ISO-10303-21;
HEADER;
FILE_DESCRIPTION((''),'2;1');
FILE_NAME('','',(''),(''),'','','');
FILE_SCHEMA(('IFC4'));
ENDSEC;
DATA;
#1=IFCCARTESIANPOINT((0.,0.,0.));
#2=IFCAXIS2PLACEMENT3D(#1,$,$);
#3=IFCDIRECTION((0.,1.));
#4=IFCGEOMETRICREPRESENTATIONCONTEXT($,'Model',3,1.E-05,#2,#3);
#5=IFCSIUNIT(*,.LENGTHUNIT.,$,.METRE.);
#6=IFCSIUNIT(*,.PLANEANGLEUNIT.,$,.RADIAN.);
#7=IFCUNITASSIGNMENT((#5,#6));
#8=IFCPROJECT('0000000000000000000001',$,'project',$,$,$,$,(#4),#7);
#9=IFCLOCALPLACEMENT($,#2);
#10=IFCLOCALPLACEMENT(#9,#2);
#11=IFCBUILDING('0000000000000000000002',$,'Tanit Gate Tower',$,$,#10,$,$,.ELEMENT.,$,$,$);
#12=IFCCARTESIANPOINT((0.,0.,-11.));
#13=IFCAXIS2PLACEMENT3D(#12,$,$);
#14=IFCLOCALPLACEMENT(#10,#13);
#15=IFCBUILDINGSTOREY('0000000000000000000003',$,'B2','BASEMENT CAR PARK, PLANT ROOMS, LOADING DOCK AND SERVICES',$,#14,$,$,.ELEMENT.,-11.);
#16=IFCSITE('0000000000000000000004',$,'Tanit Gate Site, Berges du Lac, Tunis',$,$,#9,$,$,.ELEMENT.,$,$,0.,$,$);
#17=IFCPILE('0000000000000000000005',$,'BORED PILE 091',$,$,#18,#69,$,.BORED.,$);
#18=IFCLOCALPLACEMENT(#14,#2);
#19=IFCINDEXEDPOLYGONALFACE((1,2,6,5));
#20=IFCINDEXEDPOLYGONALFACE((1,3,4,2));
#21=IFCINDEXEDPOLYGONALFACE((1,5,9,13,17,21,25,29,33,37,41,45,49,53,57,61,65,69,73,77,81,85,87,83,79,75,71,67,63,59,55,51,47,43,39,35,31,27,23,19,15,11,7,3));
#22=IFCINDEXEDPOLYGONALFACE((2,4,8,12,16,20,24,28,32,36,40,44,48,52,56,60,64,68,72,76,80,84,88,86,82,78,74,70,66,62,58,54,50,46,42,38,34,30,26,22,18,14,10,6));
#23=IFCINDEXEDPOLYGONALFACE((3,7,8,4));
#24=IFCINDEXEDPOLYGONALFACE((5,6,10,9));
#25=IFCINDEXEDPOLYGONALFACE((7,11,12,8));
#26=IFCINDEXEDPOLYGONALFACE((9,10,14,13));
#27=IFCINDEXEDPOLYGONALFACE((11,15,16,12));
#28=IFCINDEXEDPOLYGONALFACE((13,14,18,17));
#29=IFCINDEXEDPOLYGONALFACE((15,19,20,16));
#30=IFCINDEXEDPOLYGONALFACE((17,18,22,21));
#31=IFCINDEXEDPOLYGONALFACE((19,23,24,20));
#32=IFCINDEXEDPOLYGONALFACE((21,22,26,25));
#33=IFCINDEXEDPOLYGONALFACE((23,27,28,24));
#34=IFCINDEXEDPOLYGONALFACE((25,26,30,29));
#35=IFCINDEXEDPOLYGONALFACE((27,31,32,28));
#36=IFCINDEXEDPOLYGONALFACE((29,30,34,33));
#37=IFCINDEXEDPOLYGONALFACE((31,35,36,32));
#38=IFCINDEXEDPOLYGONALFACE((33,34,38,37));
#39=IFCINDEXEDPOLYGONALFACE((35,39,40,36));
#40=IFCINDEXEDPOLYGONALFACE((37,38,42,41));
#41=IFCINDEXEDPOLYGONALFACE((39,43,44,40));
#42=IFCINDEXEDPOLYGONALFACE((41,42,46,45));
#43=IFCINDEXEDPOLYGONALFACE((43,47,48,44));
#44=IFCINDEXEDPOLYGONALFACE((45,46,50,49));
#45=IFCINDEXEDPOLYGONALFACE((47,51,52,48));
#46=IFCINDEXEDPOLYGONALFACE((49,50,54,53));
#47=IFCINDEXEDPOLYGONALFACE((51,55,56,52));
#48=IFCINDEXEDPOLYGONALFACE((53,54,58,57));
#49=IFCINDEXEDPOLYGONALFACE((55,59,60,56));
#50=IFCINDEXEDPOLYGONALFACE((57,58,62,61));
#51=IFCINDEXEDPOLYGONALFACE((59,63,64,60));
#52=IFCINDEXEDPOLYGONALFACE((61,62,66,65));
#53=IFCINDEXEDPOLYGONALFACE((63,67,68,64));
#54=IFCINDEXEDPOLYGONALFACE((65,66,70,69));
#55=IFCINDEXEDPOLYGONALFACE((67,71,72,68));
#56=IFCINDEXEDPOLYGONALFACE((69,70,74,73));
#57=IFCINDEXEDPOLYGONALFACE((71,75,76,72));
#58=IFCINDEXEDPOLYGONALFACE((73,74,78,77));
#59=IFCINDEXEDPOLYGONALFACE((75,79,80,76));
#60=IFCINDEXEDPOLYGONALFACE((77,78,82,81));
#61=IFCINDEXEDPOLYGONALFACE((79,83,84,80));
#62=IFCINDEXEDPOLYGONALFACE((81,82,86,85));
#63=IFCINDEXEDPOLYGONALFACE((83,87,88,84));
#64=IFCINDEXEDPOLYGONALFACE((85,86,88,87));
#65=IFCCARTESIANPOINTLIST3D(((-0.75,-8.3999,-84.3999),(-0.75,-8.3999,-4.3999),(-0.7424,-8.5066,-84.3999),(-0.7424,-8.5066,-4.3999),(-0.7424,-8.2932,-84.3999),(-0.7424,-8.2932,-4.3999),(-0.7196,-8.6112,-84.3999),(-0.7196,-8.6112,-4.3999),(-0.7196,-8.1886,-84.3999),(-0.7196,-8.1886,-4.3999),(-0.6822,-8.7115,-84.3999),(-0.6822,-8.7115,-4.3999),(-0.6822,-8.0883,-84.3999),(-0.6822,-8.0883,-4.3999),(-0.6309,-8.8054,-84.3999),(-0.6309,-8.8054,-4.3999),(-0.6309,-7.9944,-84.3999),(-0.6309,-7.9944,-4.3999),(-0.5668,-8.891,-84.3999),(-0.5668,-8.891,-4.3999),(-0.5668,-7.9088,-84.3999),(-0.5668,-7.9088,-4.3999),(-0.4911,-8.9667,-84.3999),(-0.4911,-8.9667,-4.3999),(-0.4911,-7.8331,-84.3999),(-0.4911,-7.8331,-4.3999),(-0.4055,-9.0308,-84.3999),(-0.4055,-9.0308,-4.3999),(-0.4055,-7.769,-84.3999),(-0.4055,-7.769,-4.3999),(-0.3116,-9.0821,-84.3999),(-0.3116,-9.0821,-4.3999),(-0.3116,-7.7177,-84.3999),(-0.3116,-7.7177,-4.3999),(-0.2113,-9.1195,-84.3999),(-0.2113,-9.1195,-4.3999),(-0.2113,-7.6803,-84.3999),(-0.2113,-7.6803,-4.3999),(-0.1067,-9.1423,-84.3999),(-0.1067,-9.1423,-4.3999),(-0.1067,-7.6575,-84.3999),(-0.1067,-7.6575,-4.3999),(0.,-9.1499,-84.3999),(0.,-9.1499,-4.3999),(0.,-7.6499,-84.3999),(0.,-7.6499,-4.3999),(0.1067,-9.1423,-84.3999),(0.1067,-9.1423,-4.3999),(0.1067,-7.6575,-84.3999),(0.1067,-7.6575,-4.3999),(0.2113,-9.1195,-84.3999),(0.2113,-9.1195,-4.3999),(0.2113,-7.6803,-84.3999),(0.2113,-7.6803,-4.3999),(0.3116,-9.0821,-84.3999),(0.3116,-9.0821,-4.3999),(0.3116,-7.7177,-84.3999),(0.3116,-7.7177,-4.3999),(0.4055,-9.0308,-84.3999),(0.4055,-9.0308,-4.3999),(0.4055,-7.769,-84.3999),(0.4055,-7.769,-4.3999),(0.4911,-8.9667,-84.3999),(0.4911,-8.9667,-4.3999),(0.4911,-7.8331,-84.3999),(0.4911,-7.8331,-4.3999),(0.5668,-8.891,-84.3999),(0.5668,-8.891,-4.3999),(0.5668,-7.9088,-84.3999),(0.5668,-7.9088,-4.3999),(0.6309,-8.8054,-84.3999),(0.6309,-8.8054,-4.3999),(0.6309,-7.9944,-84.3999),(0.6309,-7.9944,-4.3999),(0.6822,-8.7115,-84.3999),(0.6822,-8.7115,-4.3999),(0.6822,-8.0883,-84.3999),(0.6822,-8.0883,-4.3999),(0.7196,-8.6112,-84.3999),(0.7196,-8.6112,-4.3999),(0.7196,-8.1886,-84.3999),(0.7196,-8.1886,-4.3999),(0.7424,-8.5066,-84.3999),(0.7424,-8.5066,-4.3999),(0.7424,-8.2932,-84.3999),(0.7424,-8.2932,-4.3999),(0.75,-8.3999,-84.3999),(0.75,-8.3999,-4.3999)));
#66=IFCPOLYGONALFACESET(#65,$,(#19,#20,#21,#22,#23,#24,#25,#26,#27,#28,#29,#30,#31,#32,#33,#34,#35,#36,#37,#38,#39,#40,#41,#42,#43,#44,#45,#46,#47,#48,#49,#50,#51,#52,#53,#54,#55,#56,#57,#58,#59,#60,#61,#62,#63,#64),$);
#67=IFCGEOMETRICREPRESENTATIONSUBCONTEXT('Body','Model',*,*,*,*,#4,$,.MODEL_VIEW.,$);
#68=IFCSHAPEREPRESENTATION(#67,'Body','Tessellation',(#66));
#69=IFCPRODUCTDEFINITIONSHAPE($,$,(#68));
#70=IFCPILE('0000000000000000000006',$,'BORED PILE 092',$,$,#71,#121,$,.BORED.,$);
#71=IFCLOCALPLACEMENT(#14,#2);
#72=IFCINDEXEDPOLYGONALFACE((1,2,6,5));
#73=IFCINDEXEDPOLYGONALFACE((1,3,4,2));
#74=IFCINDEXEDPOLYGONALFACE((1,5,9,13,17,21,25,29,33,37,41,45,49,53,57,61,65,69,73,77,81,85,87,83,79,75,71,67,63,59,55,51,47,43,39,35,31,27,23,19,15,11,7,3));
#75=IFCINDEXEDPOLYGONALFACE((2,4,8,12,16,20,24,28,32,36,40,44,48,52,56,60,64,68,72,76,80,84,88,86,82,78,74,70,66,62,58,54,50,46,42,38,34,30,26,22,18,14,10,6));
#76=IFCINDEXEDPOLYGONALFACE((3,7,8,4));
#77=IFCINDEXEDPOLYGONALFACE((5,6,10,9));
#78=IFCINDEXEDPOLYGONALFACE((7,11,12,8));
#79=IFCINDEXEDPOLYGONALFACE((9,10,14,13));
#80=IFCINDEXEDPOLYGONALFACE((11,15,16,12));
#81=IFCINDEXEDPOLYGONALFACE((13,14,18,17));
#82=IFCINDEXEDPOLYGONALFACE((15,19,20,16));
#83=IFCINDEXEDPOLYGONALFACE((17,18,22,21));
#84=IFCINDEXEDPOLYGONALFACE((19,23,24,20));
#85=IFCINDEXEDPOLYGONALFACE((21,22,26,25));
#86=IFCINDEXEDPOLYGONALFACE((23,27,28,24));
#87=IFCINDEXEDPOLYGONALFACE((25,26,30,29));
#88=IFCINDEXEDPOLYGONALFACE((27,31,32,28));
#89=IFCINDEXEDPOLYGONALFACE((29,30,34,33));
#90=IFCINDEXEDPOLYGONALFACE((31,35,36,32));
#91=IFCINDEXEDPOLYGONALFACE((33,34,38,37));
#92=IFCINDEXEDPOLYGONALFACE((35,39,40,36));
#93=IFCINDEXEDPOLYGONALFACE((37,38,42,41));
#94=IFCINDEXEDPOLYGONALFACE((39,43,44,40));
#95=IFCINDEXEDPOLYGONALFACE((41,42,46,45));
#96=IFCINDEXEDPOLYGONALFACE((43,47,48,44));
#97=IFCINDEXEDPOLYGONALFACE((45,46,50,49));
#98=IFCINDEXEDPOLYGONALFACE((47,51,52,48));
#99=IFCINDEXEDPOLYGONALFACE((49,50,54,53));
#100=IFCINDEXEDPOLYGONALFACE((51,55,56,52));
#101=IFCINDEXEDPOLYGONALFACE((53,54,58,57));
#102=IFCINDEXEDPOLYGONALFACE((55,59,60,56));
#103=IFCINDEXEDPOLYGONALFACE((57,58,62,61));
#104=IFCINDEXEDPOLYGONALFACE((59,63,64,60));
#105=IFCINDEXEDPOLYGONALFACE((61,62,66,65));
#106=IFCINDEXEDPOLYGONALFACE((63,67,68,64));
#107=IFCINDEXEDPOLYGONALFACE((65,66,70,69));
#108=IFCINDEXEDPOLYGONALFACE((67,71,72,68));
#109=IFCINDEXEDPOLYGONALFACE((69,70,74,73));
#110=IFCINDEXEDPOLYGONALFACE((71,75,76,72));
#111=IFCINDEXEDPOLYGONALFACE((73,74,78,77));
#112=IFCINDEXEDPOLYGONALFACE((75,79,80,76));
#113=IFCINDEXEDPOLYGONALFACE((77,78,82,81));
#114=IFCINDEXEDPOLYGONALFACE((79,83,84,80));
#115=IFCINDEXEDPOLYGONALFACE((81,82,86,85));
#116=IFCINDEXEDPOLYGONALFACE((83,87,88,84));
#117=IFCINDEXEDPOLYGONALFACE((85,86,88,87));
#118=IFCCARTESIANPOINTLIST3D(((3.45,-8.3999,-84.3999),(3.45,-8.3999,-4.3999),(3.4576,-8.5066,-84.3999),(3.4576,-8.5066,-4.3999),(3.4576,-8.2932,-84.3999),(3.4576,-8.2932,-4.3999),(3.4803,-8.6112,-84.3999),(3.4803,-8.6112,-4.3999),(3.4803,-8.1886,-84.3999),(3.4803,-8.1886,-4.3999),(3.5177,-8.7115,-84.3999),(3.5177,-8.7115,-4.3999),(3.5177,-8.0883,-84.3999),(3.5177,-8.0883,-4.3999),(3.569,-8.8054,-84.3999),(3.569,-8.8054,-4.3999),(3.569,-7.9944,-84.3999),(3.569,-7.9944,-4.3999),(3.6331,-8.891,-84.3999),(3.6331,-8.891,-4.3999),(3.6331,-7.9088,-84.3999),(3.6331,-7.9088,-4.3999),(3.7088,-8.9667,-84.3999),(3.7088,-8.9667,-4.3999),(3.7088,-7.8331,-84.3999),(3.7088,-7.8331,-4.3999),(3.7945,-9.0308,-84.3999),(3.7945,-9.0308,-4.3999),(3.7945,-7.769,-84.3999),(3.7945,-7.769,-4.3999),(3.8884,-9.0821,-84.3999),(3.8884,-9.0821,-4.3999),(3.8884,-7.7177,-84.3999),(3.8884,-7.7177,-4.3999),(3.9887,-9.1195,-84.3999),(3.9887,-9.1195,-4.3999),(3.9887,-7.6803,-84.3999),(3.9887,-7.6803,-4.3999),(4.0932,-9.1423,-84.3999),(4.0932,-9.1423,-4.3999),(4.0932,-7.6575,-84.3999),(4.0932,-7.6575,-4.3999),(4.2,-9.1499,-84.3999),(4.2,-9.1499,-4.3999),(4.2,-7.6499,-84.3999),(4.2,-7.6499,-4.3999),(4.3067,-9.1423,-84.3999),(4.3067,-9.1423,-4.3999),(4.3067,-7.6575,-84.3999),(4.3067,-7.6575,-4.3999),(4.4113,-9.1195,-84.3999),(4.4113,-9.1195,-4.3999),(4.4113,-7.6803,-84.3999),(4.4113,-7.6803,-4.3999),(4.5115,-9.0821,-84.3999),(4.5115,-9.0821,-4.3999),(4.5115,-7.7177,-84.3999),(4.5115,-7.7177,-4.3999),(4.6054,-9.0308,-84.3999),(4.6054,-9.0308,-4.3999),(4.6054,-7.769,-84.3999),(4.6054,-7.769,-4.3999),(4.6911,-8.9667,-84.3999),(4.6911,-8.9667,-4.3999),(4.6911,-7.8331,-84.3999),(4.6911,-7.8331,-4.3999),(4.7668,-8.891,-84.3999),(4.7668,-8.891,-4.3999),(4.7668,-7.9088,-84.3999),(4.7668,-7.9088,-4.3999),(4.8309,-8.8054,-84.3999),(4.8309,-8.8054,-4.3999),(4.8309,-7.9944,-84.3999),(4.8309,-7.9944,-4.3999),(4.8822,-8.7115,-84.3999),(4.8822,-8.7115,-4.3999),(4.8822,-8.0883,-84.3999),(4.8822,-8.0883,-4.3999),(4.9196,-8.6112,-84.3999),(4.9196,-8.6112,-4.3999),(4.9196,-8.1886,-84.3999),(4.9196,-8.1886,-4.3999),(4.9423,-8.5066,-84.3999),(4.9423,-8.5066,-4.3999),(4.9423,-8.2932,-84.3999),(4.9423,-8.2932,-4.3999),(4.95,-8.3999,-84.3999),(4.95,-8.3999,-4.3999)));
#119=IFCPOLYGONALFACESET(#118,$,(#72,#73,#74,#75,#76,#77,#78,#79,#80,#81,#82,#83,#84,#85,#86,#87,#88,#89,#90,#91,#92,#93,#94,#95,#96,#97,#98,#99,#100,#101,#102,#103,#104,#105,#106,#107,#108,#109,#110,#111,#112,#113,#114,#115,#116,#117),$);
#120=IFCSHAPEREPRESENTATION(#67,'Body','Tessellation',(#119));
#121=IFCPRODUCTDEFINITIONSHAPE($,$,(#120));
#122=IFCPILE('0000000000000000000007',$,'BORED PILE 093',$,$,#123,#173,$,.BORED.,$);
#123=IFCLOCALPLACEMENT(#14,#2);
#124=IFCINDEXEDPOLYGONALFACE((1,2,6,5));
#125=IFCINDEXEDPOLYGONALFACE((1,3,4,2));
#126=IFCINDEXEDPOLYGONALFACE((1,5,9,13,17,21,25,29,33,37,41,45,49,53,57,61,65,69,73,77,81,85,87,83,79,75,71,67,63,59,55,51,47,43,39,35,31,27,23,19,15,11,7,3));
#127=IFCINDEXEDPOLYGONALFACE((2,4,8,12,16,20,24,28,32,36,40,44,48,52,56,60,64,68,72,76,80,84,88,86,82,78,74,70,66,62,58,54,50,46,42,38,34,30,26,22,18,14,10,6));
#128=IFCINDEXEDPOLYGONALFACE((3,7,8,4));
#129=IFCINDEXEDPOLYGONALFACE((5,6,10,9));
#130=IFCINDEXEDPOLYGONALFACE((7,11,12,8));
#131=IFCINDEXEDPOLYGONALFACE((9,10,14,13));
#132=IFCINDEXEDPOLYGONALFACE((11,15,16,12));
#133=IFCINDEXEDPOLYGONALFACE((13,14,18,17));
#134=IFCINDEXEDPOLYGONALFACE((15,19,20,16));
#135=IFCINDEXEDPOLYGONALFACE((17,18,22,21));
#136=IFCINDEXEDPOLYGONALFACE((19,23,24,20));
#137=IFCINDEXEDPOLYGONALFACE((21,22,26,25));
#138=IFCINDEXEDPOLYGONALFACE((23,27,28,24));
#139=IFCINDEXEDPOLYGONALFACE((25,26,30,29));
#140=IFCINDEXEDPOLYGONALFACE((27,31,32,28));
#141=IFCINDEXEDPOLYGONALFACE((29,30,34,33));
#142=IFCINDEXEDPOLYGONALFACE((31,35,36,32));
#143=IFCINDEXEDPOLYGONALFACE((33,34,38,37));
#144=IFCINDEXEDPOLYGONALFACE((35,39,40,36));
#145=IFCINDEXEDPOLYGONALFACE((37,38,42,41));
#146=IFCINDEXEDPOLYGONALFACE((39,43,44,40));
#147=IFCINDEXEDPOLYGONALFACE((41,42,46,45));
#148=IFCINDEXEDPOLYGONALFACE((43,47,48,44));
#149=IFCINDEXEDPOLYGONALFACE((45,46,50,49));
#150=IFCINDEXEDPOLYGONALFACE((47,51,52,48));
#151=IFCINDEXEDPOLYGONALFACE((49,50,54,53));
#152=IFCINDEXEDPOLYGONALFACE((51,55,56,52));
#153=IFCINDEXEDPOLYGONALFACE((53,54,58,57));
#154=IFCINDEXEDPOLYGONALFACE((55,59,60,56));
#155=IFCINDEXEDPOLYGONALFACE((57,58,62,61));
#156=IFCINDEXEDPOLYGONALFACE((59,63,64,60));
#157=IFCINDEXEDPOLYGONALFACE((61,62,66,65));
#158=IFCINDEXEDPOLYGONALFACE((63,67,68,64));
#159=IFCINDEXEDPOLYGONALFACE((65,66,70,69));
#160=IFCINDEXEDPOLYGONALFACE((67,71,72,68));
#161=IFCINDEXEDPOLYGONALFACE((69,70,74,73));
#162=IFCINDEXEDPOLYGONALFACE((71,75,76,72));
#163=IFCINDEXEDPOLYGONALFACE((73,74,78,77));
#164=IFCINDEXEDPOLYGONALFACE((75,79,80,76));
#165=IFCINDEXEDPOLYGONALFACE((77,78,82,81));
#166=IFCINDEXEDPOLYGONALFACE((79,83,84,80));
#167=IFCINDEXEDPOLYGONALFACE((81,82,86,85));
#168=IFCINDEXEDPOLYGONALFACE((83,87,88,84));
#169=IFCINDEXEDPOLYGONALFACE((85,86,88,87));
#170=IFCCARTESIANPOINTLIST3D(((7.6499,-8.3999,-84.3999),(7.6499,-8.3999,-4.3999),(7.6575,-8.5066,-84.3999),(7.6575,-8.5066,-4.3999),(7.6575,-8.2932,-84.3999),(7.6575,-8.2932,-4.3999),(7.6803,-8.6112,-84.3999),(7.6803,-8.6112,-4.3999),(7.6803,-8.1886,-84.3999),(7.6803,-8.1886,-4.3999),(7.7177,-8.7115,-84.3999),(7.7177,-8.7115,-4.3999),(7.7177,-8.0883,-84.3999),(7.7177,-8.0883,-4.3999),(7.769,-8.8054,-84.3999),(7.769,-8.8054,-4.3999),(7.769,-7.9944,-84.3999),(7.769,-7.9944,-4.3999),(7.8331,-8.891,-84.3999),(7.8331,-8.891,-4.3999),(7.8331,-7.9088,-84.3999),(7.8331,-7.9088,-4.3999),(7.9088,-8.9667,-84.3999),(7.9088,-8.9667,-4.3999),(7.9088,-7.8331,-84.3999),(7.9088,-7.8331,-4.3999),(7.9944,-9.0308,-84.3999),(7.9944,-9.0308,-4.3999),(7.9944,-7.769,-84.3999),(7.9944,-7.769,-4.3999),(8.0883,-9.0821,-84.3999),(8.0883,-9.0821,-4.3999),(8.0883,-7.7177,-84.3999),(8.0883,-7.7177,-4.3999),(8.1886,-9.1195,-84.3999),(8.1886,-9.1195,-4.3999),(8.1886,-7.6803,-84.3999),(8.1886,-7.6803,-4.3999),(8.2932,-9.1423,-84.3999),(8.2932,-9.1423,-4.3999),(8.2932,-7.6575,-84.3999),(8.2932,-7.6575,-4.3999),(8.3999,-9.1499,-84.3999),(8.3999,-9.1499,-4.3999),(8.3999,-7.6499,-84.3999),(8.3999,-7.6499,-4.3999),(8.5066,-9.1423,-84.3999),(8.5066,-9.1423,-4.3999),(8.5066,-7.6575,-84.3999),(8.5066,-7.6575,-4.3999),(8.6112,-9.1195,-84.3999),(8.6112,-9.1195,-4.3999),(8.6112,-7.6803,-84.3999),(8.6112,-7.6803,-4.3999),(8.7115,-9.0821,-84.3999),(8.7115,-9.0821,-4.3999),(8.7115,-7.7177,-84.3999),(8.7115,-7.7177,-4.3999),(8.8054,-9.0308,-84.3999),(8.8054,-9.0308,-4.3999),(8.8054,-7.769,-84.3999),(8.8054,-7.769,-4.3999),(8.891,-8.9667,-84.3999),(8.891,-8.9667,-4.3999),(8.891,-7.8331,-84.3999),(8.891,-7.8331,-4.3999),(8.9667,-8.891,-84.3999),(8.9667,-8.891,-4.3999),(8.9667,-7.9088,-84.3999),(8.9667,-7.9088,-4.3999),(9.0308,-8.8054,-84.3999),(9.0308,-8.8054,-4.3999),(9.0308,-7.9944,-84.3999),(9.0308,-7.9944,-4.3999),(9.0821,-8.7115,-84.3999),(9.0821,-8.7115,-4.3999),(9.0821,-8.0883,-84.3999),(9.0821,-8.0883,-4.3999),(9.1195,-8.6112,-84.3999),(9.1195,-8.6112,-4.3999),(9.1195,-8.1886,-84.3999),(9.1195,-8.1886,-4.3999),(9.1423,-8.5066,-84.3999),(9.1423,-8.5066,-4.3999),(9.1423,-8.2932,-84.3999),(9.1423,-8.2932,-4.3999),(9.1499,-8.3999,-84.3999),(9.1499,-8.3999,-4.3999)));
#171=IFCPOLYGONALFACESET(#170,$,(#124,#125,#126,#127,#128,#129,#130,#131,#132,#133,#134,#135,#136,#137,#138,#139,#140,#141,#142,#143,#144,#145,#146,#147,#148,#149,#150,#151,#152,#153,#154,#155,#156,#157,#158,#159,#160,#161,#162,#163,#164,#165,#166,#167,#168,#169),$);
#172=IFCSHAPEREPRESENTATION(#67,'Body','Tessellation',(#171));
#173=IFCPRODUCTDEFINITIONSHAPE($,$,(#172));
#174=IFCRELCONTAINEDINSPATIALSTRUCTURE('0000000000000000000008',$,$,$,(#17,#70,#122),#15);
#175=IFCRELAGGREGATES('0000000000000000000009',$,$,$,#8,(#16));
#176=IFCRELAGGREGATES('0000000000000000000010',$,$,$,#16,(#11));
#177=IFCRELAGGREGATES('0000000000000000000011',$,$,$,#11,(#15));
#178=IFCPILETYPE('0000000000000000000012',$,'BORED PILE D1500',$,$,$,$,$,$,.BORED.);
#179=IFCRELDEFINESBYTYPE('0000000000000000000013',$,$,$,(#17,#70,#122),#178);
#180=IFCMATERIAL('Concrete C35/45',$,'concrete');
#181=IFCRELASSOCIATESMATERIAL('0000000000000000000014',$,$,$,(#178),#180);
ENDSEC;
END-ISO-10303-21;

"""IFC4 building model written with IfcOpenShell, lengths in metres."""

from ifc_helpers import new_model, si_unit, direction, frame, origin, origin_2d, place, context, subcontext, project, spatial, circle, extrude, material, material_profile, profile_set, type_object, element, save


model = new_model("IFC4")

# Units and contexts
model_context = context("Model", 3, precision=1e-05, world=origin(), true_north=direction((0.0, 1.0)))
body_context = subcontext(model_context, "Body", "Model", "MODEL_VIEW")
ifc_project = project(units=[si_unit("LENGTHUNIT", "METRE"), si_unit("PLANEANGLEUNIT", "RADIAN")], contexts=[model_context])

# Site, building, storey
site_placement = place(None, origin())
site = spatial("IfcSite", under=ifc_project, at=site_placement, Name="Tanit Gate Site, Berges du Lac, Tunis", CompositionType="ELEMENT", RefElevation=0.0)
building_placement = place(site_placement, origin())
building = spatial("IfcBuilding", under=site, at=building_placement, Name="Tanit Gate Tower", CompositionType="ELEMENT")
storey_placement = place(building_placement, frame((0.0, 0.0, -11.0)))
storey = spatial("IfcBuildingStorey", under=building, at=storey_placement, Name="B2", Description="BASEMENT CAR PARK, PLANT ROOMS, LOADING DOCK AND SERVICES", CompositionType="ELEMENT", Elevation=-11.0)

# Piles
ifc_material_1 = material(Name="Concrete C35/45", Category="concrete")
ifc_material_profile = material_profile(ifc_material_1, circle(Radius=0.75, at=origin_2d()), Name="BORED PILE D1500 C35/45")
ifc_profile_set = profile_set([ifc_material_profile], Name="Concrete C35/45")
pile_type = type_object("IfcPileType", Name="BORED PILE D1500", PredefinedType="BORED", material=ifc_profile_set)
for number, where, z_axis, x_axis, name in (
    (1, (0.0, -8.3999, -4.3999), (0.0, 0.0, -1.0), (1.0, 0.0, 0.0), "BORED PILE 091"),
    (2, (4.2, -8.3999, -4.3999), (0.0, 0.0, -1.0), (1.0, 0.0, 0.0), "BORED PILE 092"),
    (3, (8.3999, -8.3999, -4.3999), (0.0, 0.0, -1.0), (1.0, 0.0, 0.0), "BORED PILE 093"),
):
    element("IfcPile", number, at=place(storey_placement, frame(where, z_axis=z_axis, x_axis=x_axis)), inside=storey, type_object=pile_type, Name=name, PredefinedType="BORED", context=body_context, shape_type="SweptSolid", body=[
        extrude(circle(Radius=0.75, at=origin_2d()), origin(), (0.0, 0.0, 1.0), 80.0),
    ])

save(model, "model.ifc")
